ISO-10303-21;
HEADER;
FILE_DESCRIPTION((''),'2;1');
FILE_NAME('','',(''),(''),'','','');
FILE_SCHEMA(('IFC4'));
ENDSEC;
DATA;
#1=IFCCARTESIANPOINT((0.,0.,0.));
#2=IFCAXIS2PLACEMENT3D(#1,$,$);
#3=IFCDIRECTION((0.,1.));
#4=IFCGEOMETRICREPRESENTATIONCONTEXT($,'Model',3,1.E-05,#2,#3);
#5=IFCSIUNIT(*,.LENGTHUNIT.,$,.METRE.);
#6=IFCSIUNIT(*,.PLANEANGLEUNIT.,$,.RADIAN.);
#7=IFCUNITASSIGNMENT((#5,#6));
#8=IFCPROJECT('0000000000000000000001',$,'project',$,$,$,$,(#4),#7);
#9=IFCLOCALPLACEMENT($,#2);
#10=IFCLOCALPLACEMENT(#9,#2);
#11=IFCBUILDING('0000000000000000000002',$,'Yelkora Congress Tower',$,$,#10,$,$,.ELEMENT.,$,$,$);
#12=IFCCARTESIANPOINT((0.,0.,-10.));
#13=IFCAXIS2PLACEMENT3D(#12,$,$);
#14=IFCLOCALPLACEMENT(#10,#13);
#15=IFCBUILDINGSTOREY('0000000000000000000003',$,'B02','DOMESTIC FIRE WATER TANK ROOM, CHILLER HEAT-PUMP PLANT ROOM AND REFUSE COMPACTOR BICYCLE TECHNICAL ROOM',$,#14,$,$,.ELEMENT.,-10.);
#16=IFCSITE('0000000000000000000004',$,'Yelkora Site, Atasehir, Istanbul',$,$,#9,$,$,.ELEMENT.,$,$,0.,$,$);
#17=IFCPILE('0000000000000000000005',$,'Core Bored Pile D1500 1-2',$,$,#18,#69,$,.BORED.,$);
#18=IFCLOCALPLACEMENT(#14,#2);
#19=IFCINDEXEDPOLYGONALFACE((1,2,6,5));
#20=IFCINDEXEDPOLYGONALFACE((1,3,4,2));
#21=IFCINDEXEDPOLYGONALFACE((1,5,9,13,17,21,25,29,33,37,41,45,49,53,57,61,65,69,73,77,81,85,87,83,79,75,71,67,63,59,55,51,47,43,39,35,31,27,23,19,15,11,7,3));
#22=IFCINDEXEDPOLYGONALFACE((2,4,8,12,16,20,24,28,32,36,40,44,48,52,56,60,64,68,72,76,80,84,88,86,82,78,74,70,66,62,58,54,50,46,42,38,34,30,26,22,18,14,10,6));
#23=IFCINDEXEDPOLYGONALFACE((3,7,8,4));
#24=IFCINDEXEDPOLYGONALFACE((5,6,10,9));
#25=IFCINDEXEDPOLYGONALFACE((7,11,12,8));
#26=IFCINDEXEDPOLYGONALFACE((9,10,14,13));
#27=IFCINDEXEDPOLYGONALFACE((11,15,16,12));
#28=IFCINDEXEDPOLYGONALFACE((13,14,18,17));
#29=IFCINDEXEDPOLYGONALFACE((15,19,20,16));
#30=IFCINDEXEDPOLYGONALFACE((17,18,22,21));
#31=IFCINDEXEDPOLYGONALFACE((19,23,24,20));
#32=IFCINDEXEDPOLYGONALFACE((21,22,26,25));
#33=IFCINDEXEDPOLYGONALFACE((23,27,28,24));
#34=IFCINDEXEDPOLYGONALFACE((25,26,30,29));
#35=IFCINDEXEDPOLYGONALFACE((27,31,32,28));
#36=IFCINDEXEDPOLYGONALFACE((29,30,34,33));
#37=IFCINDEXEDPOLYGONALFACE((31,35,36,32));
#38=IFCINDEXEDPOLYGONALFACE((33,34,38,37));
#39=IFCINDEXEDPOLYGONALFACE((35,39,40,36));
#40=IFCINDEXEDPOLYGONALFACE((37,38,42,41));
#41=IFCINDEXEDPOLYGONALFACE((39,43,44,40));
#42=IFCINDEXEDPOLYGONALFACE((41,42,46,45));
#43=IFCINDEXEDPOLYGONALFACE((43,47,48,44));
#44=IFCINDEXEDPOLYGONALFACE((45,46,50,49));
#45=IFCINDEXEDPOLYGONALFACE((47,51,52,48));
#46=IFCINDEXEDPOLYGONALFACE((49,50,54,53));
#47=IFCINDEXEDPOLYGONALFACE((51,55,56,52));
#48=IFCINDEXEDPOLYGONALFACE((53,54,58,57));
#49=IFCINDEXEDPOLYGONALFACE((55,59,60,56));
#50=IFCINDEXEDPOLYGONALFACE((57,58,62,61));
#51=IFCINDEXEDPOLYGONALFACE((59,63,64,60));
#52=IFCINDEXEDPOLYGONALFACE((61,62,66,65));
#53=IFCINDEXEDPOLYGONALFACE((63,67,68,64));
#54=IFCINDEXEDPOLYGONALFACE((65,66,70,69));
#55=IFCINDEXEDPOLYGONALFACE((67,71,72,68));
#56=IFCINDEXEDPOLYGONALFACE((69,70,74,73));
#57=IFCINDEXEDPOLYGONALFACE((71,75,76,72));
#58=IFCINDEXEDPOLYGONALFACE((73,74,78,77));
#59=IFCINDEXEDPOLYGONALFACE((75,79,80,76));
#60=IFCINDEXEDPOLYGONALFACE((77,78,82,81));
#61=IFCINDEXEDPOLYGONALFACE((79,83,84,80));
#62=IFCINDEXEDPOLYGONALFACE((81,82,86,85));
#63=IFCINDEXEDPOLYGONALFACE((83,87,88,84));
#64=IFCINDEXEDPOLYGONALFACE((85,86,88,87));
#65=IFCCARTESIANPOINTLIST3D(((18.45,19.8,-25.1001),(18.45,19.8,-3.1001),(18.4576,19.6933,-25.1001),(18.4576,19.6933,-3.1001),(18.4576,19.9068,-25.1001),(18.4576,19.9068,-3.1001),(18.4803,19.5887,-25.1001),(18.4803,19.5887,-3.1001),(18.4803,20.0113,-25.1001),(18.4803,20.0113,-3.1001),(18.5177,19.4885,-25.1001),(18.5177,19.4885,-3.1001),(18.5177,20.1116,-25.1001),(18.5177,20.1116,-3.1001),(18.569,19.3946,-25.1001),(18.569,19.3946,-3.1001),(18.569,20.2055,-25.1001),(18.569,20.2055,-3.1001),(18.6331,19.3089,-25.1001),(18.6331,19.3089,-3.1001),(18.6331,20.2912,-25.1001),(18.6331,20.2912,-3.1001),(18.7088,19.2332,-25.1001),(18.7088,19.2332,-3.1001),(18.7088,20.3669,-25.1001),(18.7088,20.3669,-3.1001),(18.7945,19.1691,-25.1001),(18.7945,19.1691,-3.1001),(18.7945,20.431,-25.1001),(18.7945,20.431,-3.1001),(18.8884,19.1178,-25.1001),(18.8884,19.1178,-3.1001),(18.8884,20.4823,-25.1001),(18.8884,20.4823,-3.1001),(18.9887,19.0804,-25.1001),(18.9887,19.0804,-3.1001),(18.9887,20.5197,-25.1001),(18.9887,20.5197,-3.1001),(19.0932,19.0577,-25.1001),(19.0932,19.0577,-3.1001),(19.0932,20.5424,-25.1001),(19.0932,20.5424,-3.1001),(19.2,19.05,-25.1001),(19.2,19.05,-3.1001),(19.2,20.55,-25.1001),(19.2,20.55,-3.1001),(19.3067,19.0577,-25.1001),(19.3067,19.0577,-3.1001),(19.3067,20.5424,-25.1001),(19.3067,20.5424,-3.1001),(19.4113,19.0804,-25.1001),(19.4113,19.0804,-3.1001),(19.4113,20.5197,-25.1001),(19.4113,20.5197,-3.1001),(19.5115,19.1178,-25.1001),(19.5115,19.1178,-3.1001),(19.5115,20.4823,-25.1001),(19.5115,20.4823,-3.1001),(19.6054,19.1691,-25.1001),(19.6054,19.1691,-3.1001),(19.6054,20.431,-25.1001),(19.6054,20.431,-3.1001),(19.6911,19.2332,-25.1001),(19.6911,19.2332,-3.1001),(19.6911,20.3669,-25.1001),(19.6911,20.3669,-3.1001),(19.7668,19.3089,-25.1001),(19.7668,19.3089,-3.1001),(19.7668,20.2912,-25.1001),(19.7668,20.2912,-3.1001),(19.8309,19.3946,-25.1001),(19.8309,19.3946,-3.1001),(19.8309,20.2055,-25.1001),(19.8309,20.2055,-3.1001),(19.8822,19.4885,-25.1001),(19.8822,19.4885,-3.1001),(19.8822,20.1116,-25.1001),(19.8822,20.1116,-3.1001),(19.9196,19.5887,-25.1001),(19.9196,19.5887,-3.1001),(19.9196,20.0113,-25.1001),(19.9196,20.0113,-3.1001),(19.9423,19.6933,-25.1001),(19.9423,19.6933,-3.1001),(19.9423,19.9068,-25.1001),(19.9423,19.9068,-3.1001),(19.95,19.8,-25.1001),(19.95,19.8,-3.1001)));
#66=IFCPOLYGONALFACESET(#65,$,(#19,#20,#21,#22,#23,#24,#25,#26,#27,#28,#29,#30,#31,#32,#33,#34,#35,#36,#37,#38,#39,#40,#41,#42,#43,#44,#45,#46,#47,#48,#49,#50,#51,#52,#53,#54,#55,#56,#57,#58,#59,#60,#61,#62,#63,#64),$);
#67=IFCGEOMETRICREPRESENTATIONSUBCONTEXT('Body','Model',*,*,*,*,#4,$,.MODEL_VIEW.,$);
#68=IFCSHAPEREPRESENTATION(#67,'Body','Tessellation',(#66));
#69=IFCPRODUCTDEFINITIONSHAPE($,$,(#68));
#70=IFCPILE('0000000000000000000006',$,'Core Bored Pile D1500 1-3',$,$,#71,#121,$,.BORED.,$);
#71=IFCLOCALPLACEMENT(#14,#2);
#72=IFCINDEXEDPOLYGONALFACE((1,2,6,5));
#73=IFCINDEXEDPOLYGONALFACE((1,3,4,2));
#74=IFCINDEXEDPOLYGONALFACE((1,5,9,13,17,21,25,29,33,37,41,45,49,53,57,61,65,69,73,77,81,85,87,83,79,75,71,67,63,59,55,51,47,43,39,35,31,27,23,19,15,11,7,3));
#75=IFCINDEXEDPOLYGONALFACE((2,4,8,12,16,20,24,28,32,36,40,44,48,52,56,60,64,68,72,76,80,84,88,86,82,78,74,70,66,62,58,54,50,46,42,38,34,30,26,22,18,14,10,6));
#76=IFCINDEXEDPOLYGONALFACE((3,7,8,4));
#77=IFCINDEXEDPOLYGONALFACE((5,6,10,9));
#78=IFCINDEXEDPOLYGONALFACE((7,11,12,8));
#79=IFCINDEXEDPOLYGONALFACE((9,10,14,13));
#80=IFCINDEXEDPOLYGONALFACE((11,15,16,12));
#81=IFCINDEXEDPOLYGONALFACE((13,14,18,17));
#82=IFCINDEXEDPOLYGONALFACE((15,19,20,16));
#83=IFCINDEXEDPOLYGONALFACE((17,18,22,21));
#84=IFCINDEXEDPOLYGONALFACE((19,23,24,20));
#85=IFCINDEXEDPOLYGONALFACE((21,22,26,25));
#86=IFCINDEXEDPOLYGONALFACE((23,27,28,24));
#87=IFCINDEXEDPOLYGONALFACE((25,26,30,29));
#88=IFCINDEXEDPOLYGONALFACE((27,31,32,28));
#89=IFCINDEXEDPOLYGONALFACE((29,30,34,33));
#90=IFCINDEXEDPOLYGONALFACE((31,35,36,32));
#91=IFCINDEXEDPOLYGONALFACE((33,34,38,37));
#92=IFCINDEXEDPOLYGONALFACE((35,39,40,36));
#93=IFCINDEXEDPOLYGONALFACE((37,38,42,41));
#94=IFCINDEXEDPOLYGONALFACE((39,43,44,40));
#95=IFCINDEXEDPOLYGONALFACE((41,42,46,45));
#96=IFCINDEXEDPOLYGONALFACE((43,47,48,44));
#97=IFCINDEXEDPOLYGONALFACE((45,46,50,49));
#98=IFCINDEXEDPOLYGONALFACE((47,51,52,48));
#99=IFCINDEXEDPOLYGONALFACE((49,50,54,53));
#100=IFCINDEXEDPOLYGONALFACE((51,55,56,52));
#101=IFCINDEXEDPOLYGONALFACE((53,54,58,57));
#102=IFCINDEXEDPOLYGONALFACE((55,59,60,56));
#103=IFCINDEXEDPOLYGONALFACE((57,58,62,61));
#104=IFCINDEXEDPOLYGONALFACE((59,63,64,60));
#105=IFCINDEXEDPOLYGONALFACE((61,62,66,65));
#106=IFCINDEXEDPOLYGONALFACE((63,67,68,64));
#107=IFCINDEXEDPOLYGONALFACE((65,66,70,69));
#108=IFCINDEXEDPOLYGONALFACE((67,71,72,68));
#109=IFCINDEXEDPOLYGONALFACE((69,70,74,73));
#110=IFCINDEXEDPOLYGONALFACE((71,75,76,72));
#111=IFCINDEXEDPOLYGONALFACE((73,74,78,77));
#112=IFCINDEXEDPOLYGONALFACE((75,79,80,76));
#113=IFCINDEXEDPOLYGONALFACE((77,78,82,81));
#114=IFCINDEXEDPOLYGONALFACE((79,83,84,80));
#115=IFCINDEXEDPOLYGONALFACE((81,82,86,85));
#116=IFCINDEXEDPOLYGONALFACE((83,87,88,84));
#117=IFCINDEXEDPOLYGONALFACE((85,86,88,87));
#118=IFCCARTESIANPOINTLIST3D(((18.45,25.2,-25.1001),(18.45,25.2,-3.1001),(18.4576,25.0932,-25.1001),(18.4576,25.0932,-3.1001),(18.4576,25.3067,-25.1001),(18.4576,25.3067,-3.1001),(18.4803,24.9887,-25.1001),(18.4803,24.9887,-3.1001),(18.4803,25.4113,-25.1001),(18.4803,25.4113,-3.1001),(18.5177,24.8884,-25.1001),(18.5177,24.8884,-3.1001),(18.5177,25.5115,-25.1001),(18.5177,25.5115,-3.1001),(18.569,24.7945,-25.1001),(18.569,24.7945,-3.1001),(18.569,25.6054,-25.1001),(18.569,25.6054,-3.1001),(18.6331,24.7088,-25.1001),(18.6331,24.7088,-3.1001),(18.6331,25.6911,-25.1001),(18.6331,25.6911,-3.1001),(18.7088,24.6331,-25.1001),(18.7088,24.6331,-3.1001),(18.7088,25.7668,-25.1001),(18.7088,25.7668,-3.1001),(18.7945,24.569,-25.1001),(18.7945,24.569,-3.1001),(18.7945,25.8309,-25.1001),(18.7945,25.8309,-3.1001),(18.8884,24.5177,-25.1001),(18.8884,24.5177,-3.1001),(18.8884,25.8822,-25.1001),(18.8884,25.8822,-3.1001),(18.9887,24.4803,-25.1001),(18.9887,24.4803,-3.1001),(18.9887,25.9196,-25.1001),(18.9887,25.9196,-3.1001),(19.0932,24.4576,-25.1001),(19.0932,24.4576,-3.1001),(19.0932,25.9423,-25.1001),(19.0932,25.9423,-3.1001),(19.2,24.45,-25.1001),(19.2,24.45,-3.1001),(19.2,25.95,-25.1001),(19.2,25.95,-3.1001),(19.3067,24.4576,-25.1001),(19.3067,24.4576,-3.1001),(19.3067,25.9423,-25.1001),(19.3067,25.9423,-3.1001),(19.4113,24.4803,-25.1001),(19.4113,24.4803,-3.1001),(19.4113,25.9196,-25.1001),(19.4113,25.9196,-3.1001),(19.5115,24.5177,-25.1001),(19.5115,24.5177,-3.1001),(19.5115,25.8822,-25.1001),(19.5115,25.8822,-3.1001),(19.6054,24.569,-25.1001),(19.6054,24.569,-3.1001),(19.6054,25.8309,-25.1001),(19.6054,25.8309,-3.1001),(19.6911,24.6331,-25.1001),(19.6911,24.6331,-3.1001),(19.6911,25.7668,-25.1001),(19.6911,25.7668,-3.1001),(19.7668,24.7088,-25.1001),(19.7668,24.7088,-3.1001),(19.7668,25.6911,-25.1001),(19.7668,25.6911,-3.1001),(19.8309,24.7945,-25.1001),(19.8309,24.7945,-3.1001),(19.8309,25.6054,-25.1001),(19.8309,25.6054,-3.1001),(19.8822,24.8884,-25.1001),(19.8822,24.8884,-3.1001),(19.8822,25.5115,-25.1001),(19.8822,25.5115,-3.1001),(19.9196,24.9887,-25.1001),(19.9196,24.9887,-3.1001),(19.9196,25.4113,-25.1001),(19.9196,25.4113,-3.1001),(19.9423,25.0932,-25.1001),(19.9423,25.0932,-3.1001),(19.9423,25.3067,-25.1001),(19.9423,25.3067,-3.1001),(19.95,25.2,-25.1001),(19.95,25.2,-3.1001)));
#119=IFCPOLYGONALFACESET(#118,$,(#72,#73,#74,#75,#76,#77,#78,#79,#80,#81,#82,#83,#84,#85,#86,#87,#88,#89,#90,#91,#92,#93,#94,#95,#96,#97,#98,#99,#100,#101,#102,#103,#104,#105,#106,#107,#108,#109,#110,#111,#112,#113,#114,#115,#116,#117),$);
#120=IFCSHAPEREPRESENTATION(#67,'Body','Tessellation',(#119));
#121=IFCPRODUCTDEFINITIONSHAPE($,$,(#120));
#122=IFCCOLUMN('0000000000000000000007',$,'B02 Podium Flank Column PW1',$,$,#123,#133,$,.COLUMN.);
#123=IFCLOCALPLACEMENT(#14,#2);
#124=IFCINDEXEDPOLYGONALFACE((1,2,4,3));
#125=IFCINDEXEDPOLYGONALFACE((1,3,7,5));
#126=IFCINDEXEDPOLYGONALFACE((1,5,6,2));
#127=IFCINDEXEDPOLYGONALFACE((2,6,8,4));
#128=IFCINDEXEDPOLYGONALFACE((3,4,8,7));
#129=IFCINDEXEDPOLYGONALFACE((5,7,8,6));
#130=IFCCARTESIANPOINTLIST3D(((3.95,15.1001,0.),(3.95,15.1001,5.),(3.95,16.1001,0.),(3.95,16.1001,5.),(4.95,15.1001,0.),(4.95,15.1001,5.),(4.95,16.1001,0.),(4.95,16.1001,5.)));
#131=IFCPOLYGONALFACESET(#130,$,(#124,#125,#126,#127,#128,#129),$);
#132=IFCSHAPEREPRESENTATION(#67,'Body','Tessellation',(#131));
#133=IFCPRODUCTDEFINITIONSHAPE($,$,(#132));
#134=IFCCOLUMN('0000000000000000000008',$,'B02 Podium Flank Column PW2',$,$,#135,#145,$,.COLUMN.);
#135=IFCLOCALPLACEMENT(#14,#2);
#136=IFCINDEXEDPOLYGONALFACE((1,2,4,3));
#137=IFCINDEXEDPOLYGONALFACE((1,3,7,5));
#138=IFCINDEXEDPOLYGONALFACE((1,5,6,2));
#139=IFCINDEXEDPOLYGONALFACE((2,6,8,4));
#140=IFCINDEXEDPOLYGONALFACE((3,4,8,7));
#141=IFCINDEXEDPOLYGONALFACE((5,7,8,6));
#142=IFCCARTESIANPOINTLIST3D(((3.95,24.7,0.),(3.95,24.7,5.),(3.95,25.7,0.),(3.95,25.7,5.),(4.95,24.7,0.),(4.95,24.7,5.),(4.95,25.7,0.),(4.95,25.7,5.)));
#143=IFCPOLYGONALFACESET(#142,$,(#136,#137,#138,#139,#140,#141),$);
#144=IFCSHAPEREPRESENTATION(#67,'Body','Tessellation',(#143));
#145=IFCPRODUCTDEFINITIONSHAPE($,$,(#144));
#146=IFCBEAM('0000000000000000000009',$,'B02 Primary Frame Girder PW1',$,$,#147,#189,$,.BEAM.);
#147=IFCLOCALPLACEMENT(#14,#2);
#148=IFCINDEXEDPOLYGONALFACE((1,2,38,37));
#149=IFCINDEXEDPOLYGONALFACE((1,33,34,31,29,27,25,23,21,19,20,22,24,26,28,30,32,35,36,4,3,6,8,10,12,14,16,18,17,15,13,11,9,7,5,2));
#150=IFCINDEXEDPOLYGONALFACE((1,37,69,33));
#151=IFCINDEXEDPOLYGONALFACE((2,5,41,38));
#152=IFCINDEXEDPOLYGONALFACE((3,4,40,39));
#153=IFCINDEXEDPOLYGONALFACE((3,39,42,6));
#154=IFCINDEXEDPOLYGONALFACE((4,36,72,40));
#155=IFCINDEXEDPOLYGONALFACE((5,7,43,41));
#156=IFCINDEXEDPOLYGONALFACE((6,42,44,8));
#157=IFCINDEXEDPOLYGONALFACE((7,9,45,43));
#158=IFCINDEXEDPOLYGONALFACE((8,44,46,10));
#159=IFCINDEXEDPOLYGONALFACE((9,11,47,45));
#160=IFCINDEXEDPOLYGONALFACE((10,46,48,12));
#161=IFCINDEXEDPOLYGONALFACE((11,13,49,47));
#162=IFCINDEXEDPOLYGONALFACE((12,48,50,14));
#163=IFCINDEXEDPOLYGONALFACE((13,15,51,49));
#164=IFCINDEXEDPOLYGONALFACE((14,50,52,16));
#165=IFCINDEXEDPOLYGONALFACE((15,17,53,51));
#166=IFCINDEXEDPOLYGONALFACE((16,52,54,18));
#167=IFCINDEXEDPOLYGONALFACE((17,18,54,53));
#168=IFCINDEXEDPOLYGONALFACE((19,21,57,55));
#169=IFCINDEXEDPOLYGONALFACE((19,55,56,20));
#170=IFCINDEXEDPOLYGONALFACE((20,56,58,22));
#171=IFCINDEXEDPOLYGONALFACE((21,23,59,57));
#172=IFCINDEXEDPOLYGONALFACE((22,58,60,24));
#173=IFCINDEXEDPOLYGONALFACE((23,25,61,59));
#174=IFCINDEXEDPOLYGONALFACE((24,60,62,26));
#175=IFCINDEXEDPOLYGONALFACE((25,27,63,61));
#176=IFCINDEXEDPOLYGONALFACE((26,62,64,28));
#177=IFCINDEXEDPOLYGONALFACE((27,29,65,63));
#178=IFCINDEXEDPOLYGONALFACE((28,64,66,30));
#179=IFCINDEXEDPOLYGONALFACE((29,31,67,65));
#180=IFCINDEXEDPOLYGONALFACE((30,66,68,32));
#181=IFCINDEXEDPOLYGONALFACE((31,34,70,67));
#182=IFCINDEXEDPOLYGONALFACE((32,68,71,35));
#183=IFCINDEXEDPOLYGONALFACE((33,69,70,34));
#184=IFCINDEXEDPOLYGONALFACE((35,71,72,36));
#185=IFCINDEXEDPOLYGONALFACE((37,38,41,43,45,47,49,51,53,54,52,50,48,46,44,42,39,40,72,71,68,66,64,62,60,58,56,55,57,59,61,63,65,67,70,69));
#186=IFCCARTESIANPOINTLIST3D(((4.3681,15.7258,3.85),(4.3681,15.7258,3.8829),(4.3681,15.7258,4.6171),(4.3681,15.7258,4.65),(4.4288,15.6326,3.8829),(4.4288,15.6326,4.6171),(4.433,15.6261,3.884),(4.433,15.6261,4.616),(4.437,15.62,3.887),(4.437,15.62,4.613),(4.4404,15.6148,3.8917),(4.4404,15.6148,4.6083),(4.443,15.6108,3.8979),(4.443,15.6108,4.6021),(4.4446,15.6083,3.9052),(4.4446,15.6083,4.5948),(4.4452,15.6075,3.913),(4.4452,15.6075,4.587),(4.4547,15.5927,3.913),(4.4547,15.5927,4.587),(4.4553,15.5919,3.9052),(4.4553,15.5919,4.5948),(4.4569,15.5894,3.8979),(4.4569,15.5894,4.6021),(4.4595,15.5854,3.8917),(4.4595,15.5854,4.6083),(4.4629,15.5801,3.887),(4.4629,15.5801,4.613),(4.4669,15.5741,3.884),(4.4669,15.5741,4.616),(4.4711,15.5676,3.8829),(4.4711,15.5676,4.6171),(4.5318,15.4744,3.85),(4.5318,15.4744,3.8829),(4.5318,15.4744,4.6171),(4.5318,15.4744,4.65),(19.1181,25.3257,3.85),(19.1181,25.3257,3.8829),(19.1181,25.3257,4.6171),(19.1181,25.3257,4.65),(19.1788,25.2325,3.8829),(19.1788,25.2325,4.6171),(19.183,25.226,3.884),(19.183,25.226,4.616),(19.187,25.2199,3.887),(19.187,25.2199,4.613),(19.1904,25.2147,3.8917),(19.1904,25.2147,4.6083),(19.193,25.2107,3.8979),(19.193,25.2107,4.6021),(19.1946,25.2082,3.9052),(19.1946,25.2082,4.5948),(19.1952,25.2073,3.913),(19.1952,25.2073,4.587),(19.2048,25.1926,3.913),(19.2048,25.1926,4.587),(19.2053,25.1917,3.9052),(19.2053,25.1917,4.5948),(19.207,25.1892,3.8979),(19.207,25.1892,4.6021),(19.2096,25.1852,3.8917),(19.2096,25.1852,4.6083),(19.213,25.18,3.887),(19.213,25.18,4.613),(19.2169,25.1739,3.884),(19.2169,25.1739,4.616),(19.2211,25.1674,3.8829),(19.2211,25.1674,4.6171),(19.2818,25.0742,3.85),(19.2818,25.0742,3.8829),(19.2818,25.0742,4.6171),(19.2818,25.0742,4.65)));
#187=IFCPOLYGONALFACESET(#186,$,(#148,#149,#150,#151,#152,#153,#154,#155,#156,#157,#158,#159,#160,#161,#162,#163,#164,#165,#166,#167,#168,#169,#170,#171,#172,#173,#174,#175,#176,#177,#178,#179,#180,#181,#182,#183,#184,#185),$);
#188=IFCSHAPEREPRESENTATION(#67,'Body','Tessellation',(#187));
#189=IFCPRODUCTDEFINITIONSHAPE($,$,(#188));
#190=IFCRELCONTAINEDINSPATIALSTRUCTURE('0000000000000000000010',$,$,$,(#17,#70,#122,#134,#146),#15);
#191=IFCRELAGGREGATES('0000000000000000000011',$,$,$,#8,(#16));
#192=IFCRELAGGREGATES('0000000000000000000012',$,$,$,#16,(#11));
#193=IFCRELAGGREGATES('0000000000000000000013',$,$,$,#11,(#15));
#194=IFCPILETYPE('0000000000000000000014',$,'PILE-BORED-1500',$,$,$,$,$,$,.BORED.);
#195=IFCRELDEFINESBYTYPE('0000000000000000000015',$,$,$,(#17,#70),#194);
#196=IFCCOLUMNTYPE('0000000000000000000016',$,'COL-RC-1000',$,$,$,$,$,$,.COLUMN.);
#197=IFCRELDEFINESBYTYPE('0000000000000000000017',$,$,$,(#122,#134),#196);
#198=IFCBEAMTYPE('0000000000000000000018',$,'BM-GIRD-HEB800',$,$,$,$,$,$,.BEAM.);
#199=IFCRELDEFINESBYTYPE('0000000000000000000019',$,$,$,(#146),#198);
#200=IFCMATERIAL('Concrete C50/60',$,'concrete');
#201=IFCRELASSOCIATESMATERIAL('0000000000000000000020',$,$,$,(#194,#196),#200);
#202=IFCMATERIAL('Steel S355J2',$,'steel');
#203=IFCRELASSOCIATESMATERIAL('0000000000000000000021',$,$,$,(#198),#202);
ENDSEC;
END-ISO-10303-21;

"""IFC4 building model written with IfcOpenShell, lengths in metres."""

from ifc_helpers import new_model, si_unit, direction, frame, origin, origin_2d, place, context, subcontext, project, spatial, rectangle, circle, i_section, extrude, material, material_profile, profile_set, type_object, element, save


model = new_model("IFC4")

# Units and contexts
model_context = context("Model", 3, precision=1e-05, world=origin(), true_north=direction((0.0, 1.0)))
body_context = subcontext(model_context, "Body", "Model", "MODEL_VIEW")
ifc_project = project(units=[si_unit("LENGTHUNIT", "METRE"), si_unit("PLANEANGLEUNIT", "RADIAN")], contexts=[model_context])

# Site, building, storey
site_placement = place(None, origin())
site = spatial("IfcSite", under=ifc_project, at=site_placement, Name="Yelkora Site, Atasehir, Istanbul", CompositionType="ELEMENT", RefElevation=0.0)
building_placement = place(site_placement, origin())
building = spatial("IfcBuilding", under=site, at=building_placement, Name="Yelkora Congress Tower", CompositionType="ELEMENT")
storey_placement = place(building_placement, frame((0.0, 0.0, -10.0)))
storey = spatial("IfcBuildingStorey", under=building, at=storey_placement, Name="B02", Description="DOMESTIC FIRE WATER TANK ROOM, CHILLER HEAT-PUMP PLANT ROOM AND REFUSE COMPACTOR BICYCLE TECHNICAL ROOM", CompositionType="ELEMENT", Elevation=-10.0)

# Piles
ifc_material_1 = material(Name="Concrete C50/60", Category="concrete")
ifc_material_profile_1 = material_profile(ifc_material_1, circle(Radius=0.75, at=origin_2d()), Name="PILE D1500")
ifc_profile_set_1 = profile_set([ifc_material_profile_1], Name="Concrete C50/60")
pile_type_1 = type_object("IfcPileType", Name="PILE-BORED-1500", PredefinedType="BORED", material=ifc_profile_set_1)
for number, where, z_axis, x_axis, name in (
    (1, (19.2, 19.8, -3.1001), (0.0, 0.0, -1.0), (1.0, 0.0, 0.0), "Core Bored Pile D1500 1-2"),
    (2, (19.2, 25.2, -3.1001), (0.0, 0.0, -1.0), (1.0, 0.0, 0.0), "Core Bored Pile D1500 1-3"),
):
    element("IfcPile", number, at=place(storey_placement, frame(where, z_axis=z_axis, x_axis=x_axis)), inside=storey, type_object=pile_type_1, Name=name, PredefinedType="BORED", context=body_context, shape_type="SweptSolid", body=[
        extrude(circle(Radius=0.75, at=origin_2d()), origin(), (0.0, 0.0, 1.0), 22.0),
    ])

# Columns
ifc_material_profile_2 = material_profile(ifc_material_1, rectangle(XDim=1.0, YDim=1.0, at=origin_2d()), Name="RC 1000x1000")
ifc_profile_set_2 = profile_set([ifc_material_profile_2], Name="Concrete C50/60")
column_type = type_object("IfcColumnType", Name="COL-RC-1000", PredefinedType="COLUMN", material=ifc_profile_set_2)
for number, where, z_axis, x_axis, name in (
    (3, (4.45, 15.6001, 0.0), (0.0, 0.0, 1.0), (1.0, 0.0, 0.0), "B02 Podium Flank Column PW1"),
    (4, (4.45, 25.2, 0.0), (0.0, 0.0, 1.0), (1.0, 0.0, 0.0), "B02 Podium Flank Column PW2"),
):
    element("IfcColumn", number, at=place(storey_placement, frame(where, z_axis=z_axis, x_axis=x_axis)), inside=storey, type_object=column_type, Name=name, PredefinedType="COLUMN", context=body_context, shape_type="SweptSolid", body=[
        extrude(rectangle(XDim=1.0, YDim=1.0, at=origin_2d()), origin(), (0.0, 0.0, 1.0), 5.0),
    ])

# Beam
ifc_material_2 = material(Name="Steel S355J2", Category="steel")
ifc_material_profile_3 = material_profile(ifc_material_2, i_section(OverallWidth=0.3, OverallDepth=0.8, WebThickness=0.0176, FlangeThickness=0.033, FilletRadius=0.03, at=origin_2d()), Name="HEB 800")
ifc_profile_set_3 = profile_set([ifc_material_profile_3], Name="Steel S355J2")
beam_type_1 = type_object("IfcBeamType", Name="BM-GIRD-HEB800", PredefinedType="BEAM", material=ifc_profile_set_3)
beam_1_placement = place(storey_placement, frame((4.45, 15.6001, 4.25), z_axis=(0.838123, 0.545482, 0.0), x_axis=(-0.545482, 0.838123, 0.0)))
element("IfcBeam", 5, at=beam_1_placement, inside=storey, type_object=beam_type_1, Name="B02 Primary Frame Girder PW1", PredefinedType="BEAM", context=body_context, shape_type="SweptSolid", body=[
    extrude(i_section(OverallWidth=0.3, OverallDepth=0.8, WebThickness=0.0176, FlangeThickness=0.033, FilletRadius=0.03, at=origin_2d()), origin(), (0.0, 0.0, 1.0), 17.5989),
])

save(model, "model.ifc")
